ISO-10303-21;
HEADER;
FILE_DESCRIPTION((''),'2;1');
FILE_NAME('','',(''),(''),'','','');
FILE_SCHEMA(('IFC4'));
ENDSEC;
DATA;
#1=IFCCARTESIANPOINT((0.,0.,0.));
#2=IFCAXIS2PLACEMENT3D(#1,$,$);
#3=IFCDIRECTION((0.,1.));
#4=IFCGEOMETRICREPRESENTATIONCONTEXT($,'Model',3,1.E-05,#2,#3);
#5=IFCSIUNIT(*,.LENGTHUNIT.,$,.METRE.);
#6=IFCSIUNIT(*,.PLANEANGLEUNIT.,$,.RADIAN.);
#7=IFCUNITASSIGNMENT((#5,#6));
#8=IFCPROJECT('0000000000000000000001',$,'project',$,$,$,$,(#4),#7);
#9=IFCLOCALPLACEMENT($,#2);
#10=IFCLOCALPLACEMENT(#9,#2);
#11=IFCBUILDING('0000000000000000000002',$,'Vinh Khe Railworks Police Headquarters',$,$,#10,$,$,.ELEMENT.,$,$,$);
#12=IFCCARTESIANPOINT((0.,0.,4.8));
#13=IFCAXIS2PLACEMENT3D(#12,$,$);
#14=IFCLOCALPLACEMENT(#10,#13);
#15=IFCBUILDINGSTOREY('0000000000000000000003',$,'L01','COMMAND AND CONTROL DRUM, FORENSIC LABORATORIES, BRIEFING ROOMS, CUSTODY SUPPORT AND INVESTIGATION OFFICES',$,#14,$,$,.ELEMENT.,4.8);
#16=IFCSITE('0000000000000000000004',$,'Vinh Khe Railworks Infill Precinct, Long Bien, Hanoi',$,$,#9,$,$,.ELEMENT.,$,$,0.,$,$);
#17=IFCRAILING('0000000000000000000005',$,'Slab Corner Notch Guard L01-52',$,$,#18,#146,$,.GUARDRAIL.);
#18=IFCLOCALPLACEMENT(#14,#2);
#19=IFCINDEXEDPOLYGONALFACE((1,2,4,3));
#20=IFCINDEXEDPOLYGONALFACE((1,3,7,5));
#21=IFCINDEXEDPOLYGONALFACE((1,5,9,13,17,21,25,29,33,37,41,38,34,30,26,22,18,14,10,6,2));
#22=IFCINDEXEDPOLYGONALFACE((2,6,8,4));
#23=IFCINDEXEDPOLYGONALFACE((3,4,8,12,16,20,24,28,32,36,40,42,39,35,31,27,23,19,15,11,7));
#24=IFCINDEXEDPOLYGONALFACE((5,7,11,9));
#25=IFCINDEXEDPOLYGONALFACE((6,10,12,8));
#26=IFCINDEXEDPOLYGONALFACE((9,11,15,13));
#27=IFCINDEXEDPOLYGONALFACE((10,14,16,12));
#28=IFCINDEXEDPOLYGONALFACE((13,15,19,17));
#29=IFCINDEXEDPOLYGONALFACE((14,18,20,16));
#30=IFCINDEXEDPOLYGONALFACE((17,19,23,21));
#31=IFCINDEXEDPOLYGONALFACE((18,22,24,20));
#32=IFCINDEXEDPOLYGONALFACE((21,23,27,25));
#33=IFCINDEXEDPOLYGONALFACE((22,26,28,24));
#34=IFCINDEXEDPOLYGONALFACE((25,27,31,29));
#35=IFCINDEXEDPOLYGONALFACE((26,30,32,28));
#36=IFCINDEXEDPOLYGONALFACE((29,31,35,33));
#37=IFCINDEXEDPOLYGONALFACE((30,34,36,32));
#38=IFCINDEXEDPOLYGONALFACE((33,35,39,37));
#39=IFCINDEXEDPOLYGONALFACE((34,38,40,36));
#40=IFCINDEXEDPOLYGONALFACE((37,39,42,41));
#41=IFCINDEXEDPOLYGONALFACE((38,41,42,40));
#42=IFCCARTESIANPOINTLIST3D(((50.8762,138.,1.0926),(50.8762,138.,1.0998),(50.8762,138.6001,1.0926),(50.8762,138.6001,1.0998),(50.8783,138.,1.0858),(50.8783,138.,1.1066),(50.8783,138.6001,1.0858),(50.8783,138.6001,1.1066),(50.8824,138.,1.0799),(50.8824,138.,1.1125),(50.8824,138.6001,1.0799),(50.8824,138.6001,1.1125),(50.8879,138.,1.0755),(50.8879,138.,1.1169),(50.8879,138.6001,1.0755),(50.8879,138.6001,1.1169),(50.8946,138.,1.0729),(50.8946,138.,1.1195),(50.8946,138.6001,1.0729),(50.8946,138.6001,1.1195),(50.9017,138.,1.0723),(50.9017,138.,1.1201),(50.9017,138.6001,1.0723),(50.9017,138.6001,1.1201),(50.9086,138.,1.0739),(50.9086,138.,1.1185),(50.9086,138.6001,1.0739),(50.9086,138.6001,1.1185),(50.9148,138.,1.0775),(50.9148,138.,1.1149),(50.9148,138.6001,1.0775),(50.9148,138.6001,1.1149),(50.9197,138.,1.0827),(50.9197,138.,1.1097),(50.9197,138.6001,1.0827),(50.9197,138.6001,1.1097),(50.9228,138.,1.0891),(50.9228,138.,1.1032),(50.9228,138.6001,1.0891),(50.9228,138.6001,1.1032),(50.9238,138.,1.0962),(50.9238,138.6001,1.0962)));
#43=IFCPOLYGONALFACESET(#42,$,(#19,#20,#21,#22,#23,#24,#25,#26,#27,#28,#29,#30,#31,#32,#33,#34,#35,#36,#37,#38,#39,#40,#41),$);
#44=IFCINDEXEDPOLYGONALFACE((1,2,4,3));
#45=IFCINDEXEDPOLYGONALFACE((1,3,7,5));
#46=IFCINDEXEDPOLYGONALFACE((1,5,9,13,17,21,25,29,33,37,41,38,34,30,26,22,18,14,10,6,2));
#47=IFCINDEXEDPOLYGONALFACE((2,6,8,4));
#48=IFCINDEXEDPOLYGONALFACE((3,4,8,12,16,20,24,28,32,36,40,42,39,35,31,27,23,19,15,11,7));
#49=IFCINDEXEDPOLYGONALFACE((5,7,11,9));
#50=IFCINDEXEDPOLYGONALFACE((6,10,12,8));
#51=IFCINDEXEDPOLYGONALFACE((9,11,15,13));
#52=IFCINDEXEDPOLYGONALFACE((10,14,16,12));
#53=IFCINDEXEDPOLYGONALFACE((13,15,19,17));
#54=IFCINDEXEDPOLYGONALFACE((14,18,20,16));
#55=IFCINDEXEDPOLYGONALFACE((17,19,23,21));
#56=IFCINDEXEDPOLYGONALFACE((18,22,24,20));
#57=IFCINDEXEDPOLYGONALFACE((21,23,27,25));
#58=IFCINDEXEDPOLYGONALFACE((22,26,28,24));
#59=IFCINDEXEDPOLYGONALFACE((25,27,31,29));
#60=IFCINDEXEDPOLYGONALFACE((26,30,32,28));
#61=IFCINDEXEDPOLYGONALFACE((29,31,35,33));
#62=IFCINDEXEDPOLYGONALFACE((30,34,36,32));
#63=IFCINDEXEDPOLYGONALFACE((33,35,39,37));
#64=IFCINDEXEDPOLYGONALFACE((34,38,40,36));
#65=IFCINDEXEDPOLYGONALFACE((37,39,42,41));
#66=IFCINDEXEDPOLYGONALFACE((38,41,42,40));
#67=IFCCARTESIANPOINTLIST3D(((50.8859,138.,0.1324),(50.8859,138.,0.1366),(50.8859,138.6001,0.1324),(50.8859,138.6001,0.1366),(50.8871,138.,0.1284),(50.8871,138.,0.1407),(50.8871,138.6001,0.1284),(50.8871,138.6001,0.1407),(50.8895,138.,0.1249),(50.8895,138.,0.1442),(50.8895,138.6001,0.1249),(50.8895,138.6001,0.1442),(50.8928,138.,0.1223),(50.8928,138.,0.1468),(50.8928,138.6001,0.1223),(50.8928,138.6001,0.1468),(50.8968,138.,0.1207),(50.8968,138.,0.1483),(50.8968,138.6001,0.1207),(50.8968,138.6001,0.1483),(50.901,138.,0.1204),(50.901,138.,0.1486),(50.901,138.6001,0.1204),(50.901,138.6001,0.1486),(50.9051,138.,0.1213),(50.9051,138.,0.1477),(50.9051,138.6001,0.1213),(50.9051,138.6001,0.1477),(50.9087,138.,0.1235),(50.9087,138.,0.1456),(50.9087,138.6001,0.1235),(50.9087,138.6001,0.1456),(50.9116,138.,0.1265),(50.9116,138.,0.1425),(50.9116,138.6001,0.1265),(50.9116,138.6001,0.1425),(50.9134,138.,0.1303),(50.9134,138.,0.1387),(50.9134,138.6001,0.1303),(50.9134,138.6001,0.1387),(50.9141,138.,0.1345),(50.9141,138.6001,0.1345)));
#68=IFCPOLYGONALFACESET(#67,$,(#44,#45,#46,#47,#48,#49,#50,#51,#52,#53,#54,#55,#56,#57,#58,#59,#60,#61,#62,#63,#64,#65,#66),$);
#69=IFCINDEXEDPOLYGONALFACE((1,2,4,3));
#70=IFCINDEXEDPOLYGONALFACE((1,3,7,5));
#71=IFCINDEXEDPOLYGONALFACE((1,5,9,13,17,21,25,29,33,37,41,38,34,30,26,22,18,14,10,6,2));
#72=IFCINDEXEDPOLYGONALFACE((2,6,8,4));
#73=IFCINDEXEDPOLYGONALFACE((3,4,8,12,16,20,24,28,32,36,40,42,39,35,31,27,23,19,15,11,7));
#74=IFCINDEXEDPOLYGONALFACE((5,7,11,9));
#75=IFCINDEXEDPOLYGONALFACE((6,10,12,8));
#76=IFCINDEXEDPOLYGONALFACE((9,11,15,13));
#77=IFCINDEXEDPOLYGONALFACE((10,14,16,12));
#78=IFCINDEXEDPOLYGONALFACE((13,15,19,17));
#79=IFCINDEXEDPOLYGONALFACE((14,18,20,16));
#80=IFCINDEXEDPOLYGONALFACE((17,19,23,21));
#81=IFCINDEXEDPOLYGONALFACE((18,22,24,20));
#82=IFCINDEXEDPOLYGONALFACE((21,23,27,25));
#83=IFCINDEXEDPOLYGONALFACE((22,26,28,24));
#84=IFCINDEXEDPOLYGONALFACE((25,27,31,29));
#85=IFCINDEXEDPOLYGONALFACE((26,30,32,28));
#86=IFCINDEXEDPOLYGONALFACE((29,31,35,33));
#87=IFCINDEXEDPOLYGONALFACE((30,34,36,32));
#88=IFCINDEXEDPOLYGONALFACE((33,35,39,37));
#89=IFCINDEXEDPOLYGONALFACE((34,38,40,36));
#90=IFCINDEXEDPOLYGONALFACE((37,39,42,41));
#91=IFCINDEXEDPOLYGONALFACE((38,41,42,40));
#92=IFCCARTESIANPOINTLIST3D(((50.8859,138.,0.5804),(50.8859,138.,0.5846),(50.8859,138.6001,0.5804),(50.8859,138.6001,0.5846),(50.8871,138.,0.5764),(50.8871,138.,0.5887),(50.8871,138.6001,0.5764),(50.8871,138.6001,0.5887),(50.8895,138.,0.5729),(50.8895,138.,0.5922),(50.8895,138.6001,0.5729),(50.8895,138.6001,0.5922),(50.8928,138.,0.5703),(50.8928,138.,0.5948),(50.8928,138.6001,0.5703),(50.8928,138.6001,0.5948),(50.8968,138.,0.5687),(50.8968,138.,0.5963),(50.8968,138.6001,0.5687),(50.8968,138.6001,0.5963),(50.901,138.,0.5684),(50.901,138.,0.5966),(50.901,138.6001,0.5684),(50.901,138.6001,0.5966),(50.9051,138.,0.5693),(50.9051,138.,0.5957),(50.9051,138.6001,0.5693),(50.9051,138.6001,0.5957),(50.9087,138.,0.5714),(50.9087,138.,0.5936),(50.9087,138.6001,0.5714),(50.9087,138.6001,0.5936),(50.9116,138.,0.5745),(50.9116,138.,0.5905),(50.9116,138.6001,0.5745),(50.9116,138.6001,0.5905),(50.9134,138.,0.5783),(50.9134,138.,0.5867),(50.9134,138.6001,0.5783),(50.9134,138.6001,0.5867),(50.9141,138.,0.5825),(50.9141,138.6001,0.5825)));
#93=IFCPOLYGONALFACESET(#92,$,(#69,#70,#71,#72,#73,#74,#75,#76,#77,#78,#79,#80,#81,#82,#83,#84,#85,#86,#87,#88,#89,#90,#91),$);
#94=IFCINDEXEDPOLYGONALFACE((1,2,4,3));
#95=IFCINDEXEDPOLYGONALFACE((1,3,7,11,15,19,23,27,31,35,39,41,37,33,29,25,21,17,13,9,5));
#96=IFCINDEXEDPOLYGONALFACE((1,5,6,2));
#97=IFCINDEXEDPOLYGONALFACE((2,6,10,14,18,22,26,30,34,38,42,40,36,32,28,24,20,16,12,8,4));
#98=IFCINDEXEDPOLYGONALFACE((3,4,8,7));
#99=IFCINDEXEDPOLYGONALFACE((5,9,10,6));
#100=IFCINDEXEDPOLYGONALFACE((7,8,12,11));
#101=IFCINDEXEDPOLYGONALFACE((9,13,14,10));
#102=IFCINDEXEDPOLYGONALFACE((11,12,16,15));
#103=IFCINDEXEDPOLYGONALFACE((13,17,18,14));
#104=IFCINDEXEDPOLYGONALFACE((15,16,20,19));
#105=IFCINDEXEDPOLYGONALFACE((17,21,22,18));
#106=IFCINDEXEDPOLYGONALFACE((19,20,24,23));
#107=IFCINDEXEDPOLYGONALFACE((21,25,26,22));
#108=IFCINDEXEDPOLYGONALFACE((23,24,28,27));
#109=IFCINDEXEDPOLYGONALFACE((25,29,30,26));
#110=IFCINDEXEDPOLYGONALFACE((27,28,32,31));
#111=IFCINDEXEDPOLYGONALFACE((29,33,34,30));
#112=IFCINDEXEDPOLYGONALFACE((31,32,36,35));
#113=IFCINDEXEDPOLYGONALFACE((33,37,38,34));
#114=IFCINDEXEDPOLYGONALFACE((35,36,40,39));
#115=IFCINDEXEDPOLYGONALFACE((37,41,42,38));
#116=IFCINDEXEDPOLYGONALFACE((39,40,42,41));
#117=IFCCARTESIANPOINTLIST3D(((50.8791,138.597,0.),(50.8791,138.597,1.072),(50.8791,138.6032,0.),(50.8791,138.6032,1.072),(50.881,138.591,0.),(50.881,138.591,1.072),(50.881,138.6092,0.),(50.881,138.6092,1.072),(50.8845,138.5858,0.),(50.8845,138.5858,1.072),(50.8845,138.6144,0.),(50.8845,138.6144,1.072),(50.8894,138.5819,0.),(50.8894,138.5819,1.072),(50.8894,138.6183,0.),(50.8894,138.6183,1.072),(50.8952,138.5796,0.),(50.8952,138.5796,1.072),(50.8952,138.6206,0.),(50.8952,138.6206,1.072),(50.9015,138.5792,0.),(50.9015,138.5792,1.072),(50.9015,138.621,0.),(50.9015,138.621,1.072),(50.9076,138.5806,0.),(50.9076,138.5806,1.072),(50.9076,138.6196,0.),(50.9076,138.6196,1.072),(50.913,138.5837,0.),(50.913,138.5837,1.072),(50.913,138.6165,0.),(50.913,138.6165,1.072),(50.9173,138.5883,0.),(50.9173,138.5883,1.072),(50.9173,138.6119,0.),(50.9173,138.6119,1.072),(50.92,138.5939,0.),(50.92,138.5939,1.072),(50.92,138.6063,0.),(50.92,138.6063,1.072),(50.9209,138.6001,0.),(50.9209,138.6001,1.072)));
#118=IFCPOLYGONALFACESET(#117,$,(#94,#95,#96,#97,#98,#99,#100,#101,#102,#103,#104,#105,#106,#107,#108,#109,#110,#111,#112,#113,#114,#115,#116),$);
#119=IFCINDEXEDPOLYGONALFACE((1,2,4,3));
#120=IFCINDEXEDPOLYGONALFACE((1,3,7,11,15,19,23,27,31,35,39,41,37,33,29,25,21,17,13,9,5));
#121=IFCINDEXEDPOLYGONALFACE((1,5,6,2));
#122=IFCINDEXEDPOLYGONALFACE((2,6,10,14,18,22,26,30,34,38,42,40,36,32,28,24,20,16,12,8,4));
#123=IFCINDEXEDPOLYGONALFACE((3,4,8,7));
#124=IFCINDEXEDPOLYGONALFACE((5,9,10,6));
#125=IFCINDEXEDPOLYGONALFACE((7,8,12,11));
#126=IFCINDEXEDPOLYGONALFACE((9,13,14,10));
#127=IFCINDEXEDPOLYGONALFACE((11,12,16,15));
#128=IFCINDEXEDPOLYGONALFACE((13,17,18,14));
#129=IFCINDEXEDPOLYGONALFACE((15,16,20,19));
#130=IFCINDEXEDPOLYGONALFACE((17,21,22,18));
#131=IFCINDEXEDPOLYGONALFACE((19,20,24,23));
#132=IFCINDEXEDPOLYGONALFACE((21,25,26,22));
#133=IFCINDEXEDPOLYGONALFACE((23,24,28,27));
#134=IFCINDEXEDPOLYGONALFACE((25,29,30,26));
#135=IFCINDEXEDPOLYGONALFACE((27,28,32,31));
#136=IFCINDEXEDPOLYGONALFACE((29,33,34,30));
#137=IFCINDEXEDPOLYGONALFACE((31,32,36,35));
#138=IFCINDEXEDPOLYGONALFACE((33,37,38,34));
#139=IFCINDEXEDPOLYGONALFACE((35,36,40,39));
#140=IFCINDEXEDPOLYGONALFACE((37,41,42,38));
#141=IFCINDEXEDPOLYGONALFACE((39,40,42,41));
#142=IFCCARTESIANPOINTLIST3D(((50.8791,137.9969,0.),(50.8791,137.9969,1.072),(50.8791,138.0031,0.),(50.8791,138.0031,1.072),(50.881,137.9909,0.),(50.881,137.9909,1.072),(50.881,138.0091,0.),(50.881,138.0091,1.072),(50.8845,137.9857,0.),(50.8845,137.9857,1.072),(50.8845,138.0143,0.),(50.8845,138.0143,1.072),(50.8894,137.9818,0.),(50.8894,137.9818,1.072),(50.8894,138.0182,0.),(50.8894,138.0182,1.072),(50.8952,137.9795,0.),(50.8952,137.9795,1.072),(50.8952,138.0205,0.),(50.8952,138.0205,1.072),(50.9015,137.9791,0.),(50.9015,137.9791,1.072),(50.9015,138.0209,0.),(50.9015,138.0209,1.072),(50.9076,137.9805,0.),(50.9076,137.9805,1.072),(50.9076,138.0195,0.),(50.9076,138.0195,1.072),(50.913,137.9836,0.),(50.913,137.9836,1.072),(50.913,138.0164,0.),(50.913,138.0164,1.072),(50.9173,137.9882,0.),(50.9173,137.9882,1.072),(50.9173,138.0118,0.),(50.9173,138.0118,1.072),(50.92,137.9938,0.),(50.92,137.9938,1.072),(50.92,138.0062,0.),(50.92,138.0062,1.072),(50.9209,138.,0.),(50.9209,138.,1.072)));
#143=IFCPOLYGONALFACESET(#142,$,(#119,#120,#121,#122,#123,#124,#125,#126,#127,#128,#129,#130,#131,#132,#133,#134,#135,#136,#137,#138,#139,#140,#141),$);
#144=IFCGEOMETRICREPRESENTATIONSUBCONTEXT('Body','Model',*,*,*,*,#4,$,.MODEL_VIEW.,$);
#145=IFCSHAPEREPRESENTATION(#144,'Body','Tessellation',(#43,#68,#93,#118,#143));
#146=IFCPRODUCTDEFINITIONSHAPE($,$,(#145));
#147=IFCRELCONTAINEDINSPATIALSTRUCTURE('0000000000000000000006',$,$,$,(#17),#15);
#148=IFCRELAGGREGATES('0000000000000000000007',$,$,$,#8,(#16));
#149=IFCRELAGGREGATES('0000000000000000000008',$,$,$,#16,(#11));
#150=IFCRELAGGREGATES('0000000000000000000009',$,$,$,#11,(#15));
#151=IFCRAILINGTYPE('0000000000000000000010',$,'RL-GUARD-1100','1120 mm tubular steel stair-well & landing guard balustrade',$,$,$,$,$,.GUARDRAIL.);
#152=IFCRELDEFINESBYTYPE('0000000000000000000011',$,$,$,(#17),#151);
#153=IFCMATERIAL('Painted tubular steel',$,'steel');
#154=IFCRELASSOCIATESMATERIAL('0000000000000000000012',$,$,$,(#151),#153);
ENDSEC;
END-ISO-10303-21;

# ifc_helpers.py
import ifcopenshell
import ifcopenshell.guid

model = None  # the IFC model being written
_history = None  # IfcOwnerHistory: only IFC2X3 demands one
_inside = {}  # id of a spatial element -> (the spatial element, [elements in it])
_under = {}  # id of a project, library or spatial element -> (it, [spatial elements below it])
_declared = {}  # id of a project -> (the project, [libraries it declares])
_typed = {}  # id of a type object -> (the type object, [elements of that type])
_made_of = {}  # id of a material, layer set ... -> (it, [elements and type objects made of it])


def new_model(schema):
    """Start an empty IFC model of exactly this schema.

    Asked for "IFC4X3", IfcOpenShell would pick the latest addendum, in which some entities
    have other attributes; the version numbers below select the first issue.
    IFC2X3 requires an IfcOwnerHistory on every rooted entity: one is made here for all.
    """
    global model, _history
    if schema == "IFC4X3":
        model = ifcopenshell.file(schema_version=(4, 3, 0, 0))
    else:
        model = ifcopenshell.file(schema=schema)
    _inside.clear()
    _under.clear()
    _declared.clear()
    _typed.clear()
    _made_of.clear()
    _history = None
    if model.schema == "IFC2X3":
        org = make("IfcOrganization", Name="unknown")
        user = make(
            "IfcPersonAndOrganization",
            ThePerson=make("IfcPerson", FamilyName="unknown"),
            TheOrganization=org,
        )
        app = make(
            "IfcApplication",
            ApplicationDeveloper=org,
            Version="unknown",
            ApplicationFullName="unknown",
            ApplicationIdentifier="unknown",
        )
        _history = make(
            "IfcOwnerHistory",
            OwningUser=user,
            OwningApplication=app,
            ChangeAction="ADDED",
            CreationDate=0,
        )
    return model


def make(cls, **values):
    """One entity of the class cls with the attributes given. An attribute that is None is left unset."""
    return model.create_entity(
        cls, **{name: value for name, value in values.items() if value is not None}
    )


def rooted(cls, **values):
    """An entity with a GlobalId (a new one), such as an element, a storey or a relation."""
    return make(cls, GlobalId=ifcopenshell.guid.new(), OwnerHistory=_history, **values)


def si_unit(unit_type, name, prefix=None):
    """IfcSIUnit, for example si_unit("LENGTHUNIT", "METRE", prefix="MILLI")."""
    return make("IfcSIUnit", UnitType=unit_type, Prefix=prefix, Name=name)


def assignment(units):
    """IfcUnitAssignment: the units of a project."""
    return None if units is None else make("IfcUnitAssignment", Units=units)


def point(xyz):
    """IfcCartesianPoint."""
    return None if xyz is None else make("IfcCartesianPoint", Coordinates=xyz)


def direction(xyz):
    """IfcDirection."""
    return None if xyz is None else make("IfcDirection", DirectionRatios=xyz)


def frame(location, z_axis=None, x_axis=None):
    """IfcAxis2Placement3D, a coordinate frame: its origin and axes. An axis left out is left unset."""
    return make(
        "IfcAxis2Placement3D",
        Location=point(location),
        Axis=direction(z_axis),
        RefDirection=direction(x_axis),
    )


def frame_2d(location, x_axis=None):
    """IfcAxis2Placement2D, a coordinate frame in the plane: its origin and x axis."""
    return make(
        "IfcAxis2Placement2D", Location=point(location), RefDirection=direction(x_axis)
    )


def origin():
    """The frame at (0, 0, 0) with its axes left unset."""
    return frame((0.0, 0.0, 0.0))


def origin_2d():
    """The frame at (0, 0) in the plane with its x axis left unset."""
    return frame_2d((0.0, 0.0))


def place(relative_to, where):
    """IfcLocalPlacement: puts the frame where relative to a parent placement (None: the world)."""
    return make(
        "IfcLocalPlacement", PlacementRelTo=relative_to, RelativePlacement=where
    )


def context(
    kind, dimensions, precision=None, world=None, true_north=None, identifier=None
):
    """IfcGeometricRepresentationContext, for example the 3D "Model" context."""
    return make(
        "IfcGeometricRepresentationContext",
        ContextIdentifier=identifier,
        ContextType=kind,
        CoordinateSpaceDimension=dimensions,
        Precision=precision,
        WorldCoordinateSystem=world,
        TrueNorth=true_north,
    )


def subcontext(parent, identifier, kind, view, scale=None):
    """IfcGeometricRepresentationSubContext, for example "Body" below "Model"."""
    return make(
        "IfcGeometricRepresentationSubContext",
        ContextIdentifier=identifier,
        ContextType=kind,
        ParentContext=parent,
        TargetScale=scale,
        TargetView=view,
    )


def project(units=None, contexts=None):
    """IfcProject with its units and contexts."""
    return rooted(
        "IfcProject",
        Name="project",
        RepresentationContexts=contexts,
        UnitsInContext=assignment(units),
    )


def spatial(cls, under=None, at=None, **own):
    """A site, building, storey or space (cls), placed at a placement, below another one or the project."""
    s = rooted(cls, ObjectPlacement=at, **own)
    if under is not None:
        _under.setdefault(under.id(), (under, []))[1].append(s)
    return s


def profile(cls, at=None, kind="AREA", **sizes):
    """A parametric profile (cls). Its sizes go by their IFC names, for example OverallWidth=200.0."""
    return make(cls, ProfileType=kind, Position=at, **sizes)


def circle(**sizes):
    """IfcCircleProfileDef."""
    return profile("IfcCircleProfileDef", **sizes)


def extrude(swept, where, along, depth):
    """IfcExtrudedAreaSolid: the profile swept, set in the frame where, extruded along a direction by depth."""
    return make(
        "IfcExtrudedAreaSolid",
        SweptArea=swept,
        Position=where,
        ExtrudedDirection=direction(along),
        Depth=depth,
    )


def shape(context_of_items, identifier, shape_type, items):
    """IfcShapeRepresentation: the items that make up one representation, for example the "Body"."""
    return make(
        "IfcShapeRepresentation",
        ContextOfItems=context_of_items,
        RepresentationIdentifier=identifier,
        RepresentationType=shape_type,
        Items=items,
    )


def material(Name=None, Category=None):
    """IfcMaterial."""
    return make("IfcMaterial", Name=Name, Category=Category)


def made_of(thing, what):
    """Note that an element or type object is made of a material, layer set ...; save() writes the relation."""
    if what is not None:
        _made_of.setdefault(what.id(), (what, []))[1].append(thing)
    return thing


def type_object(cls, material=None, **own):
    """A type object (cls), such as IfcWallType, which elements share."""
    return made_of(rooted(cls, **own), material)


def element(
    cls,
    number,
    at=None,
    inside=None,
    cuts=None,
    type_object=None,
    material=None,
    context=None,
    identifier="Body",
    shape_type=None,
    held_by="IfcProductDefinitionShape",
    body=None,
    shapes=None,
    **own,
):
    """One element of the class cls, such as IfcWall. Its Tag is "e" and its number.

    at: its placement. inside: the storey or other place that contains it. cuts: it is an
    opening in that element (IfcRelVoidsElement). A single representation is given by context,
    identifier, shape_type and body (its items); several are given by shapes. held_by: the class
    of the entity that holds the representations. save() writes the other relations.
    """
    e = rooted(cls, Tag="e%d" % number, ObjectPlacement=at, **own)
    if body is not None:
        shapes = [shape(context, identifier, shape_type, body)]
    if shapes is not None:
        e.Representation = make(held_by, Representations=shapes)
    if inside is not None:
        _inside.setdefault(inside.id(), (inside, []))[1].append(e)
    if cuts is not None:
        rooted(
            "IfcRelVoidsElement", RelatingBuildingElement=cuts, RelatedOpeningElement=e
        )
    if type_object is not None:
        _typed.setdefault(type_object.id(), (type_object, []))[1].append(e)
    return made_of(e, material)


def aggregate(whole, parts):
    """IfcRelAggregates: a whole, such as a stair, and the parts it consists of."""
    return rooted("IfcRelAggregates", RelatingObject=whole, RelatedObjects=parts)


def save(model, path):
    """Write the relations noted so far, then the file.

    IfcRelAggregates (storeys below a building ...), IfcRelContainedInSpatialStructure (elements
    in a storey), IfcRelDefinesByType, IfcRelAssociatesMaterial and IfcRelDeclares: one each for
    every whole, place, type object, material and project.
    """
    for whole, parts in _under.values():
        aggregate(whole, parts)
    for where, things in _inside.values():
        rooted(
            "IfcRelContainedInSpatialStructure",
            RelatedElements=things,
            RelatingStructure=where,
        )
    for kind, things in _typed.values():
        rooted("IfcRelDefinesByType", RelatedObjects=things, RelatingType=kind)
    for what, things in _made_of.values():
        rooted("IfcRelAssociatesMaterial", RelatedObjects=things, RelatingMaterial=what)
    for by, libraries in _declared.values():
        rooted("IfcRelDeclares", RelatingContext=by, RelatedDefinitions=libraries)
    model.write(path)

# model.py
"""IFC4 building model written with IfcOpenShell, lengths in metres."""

from ifc_helpers import new_model, si_unit, direction, frame, origin, origin_2d, place, context, subcontext, project, spatial, circle, extrude, material, type_object, element, save


model = new_model("IFC4")

# Units and contexts
model_context = context("Model", 3, precision=1e-05, world=origin(), true_north=direction((0.0, 1.0)))
body_context = subcontext(model_context, "Body", "Model", "MODEL_VIEW")
ifc_project = project(units=[si_unit("LENGTHUNIT", "METRE"), si_unit("PLANEANGLEUNIT", "RADIAN")], contexts=[model_context])

# Site, building, storey
site_placement = place(None, origin())
site = spatial("IfcSite", under=ifc_project, at=site_placement, Name="Vinh Khe Railworks Infill Precinct, Long Bien, Hanoi", CompositionType="ELEMENT", RefElevation=0.0)
building_placement = place(site_placement, origin())
building = spatial("IfcBuilding", under=site, at=building_placement, Name="Vinh Khe Railworks Police Headquarters", CompositionType="ELEMENT")
storey_placement = place(building_placement, frame((0.0, 0.0, 4.8)))
storey = spatial("IfcBuildingStorey", under=building, at=storey_placement, Name="L01", Description="COMMAND AND CONTROL DRUM, FORENSIC LABORATORIES, BRIEFING ROOMS, CUSTODY SUPPORT AND INVESTIGATION OFFICES", CompositionType="ELEMENT", Elevation=4.8)

# Railing
ifc_material_1 = material(Name="Painted tubular steel", Category="steel")
railing_type = type_object("IfcRailingType", Name="RL-GUARD-1100", Description="1120 mm tubular steel stair-well & landing guard balustrade", PredefinedType="GUARDRAIL", material=ifc_material_1)
railing_1_placement = place(storey_placement, frame((50.8999, 138.6001, 0.0)))
element("IfcRailing", 1, at=railing_1_placement, inside=storey, type_object=railing_type, Name="Slab Corner Notch Guard L01-52", PredefinedType="GUARDRAIL", context=body_context, shape_type="SweptSolid", body=[
    extrude(circle(Radius=0.0239, at=origin_2d()), frame((0.0, 0.0, 1.0962), z_axis=(0.0, -1.0, 0.0), x_axis=(1.0, 0.0, 0.0)), (0.0, 0.0, 1.0), 0.6001),
    extrude(circle(Radius=0.0142, at=origin_2d()), frame((0.0, 0.0, 0.1345), z_axis=(0.0, -1.0, 0.0), x_axis=(1.0, 0.0, 0.0)), (0.0, 0.0, 1.0), 0.6001),
    extrude(circle(Radius=0.0142, at=origin_2d()), frame((0.0, 0.0, 0.5825), z_axis=(0.0, -1.0, 0.0), x_axis=(1.0, 0.0, 0.0)), (0.0, 0.0, 1.0), 0.6001),
    extrude(circle(Radius=0.021, at=origin_2d()), origin(), (0.0, 0.0, 1.0), 1.072),
    extrude(circle(Radius=0.021, at=origin_2d()), frame((0.0, -0.6001, 0.0)), (0.0, 0.0, 1.0), 1.072),
])

save(model, "model.ifc")
